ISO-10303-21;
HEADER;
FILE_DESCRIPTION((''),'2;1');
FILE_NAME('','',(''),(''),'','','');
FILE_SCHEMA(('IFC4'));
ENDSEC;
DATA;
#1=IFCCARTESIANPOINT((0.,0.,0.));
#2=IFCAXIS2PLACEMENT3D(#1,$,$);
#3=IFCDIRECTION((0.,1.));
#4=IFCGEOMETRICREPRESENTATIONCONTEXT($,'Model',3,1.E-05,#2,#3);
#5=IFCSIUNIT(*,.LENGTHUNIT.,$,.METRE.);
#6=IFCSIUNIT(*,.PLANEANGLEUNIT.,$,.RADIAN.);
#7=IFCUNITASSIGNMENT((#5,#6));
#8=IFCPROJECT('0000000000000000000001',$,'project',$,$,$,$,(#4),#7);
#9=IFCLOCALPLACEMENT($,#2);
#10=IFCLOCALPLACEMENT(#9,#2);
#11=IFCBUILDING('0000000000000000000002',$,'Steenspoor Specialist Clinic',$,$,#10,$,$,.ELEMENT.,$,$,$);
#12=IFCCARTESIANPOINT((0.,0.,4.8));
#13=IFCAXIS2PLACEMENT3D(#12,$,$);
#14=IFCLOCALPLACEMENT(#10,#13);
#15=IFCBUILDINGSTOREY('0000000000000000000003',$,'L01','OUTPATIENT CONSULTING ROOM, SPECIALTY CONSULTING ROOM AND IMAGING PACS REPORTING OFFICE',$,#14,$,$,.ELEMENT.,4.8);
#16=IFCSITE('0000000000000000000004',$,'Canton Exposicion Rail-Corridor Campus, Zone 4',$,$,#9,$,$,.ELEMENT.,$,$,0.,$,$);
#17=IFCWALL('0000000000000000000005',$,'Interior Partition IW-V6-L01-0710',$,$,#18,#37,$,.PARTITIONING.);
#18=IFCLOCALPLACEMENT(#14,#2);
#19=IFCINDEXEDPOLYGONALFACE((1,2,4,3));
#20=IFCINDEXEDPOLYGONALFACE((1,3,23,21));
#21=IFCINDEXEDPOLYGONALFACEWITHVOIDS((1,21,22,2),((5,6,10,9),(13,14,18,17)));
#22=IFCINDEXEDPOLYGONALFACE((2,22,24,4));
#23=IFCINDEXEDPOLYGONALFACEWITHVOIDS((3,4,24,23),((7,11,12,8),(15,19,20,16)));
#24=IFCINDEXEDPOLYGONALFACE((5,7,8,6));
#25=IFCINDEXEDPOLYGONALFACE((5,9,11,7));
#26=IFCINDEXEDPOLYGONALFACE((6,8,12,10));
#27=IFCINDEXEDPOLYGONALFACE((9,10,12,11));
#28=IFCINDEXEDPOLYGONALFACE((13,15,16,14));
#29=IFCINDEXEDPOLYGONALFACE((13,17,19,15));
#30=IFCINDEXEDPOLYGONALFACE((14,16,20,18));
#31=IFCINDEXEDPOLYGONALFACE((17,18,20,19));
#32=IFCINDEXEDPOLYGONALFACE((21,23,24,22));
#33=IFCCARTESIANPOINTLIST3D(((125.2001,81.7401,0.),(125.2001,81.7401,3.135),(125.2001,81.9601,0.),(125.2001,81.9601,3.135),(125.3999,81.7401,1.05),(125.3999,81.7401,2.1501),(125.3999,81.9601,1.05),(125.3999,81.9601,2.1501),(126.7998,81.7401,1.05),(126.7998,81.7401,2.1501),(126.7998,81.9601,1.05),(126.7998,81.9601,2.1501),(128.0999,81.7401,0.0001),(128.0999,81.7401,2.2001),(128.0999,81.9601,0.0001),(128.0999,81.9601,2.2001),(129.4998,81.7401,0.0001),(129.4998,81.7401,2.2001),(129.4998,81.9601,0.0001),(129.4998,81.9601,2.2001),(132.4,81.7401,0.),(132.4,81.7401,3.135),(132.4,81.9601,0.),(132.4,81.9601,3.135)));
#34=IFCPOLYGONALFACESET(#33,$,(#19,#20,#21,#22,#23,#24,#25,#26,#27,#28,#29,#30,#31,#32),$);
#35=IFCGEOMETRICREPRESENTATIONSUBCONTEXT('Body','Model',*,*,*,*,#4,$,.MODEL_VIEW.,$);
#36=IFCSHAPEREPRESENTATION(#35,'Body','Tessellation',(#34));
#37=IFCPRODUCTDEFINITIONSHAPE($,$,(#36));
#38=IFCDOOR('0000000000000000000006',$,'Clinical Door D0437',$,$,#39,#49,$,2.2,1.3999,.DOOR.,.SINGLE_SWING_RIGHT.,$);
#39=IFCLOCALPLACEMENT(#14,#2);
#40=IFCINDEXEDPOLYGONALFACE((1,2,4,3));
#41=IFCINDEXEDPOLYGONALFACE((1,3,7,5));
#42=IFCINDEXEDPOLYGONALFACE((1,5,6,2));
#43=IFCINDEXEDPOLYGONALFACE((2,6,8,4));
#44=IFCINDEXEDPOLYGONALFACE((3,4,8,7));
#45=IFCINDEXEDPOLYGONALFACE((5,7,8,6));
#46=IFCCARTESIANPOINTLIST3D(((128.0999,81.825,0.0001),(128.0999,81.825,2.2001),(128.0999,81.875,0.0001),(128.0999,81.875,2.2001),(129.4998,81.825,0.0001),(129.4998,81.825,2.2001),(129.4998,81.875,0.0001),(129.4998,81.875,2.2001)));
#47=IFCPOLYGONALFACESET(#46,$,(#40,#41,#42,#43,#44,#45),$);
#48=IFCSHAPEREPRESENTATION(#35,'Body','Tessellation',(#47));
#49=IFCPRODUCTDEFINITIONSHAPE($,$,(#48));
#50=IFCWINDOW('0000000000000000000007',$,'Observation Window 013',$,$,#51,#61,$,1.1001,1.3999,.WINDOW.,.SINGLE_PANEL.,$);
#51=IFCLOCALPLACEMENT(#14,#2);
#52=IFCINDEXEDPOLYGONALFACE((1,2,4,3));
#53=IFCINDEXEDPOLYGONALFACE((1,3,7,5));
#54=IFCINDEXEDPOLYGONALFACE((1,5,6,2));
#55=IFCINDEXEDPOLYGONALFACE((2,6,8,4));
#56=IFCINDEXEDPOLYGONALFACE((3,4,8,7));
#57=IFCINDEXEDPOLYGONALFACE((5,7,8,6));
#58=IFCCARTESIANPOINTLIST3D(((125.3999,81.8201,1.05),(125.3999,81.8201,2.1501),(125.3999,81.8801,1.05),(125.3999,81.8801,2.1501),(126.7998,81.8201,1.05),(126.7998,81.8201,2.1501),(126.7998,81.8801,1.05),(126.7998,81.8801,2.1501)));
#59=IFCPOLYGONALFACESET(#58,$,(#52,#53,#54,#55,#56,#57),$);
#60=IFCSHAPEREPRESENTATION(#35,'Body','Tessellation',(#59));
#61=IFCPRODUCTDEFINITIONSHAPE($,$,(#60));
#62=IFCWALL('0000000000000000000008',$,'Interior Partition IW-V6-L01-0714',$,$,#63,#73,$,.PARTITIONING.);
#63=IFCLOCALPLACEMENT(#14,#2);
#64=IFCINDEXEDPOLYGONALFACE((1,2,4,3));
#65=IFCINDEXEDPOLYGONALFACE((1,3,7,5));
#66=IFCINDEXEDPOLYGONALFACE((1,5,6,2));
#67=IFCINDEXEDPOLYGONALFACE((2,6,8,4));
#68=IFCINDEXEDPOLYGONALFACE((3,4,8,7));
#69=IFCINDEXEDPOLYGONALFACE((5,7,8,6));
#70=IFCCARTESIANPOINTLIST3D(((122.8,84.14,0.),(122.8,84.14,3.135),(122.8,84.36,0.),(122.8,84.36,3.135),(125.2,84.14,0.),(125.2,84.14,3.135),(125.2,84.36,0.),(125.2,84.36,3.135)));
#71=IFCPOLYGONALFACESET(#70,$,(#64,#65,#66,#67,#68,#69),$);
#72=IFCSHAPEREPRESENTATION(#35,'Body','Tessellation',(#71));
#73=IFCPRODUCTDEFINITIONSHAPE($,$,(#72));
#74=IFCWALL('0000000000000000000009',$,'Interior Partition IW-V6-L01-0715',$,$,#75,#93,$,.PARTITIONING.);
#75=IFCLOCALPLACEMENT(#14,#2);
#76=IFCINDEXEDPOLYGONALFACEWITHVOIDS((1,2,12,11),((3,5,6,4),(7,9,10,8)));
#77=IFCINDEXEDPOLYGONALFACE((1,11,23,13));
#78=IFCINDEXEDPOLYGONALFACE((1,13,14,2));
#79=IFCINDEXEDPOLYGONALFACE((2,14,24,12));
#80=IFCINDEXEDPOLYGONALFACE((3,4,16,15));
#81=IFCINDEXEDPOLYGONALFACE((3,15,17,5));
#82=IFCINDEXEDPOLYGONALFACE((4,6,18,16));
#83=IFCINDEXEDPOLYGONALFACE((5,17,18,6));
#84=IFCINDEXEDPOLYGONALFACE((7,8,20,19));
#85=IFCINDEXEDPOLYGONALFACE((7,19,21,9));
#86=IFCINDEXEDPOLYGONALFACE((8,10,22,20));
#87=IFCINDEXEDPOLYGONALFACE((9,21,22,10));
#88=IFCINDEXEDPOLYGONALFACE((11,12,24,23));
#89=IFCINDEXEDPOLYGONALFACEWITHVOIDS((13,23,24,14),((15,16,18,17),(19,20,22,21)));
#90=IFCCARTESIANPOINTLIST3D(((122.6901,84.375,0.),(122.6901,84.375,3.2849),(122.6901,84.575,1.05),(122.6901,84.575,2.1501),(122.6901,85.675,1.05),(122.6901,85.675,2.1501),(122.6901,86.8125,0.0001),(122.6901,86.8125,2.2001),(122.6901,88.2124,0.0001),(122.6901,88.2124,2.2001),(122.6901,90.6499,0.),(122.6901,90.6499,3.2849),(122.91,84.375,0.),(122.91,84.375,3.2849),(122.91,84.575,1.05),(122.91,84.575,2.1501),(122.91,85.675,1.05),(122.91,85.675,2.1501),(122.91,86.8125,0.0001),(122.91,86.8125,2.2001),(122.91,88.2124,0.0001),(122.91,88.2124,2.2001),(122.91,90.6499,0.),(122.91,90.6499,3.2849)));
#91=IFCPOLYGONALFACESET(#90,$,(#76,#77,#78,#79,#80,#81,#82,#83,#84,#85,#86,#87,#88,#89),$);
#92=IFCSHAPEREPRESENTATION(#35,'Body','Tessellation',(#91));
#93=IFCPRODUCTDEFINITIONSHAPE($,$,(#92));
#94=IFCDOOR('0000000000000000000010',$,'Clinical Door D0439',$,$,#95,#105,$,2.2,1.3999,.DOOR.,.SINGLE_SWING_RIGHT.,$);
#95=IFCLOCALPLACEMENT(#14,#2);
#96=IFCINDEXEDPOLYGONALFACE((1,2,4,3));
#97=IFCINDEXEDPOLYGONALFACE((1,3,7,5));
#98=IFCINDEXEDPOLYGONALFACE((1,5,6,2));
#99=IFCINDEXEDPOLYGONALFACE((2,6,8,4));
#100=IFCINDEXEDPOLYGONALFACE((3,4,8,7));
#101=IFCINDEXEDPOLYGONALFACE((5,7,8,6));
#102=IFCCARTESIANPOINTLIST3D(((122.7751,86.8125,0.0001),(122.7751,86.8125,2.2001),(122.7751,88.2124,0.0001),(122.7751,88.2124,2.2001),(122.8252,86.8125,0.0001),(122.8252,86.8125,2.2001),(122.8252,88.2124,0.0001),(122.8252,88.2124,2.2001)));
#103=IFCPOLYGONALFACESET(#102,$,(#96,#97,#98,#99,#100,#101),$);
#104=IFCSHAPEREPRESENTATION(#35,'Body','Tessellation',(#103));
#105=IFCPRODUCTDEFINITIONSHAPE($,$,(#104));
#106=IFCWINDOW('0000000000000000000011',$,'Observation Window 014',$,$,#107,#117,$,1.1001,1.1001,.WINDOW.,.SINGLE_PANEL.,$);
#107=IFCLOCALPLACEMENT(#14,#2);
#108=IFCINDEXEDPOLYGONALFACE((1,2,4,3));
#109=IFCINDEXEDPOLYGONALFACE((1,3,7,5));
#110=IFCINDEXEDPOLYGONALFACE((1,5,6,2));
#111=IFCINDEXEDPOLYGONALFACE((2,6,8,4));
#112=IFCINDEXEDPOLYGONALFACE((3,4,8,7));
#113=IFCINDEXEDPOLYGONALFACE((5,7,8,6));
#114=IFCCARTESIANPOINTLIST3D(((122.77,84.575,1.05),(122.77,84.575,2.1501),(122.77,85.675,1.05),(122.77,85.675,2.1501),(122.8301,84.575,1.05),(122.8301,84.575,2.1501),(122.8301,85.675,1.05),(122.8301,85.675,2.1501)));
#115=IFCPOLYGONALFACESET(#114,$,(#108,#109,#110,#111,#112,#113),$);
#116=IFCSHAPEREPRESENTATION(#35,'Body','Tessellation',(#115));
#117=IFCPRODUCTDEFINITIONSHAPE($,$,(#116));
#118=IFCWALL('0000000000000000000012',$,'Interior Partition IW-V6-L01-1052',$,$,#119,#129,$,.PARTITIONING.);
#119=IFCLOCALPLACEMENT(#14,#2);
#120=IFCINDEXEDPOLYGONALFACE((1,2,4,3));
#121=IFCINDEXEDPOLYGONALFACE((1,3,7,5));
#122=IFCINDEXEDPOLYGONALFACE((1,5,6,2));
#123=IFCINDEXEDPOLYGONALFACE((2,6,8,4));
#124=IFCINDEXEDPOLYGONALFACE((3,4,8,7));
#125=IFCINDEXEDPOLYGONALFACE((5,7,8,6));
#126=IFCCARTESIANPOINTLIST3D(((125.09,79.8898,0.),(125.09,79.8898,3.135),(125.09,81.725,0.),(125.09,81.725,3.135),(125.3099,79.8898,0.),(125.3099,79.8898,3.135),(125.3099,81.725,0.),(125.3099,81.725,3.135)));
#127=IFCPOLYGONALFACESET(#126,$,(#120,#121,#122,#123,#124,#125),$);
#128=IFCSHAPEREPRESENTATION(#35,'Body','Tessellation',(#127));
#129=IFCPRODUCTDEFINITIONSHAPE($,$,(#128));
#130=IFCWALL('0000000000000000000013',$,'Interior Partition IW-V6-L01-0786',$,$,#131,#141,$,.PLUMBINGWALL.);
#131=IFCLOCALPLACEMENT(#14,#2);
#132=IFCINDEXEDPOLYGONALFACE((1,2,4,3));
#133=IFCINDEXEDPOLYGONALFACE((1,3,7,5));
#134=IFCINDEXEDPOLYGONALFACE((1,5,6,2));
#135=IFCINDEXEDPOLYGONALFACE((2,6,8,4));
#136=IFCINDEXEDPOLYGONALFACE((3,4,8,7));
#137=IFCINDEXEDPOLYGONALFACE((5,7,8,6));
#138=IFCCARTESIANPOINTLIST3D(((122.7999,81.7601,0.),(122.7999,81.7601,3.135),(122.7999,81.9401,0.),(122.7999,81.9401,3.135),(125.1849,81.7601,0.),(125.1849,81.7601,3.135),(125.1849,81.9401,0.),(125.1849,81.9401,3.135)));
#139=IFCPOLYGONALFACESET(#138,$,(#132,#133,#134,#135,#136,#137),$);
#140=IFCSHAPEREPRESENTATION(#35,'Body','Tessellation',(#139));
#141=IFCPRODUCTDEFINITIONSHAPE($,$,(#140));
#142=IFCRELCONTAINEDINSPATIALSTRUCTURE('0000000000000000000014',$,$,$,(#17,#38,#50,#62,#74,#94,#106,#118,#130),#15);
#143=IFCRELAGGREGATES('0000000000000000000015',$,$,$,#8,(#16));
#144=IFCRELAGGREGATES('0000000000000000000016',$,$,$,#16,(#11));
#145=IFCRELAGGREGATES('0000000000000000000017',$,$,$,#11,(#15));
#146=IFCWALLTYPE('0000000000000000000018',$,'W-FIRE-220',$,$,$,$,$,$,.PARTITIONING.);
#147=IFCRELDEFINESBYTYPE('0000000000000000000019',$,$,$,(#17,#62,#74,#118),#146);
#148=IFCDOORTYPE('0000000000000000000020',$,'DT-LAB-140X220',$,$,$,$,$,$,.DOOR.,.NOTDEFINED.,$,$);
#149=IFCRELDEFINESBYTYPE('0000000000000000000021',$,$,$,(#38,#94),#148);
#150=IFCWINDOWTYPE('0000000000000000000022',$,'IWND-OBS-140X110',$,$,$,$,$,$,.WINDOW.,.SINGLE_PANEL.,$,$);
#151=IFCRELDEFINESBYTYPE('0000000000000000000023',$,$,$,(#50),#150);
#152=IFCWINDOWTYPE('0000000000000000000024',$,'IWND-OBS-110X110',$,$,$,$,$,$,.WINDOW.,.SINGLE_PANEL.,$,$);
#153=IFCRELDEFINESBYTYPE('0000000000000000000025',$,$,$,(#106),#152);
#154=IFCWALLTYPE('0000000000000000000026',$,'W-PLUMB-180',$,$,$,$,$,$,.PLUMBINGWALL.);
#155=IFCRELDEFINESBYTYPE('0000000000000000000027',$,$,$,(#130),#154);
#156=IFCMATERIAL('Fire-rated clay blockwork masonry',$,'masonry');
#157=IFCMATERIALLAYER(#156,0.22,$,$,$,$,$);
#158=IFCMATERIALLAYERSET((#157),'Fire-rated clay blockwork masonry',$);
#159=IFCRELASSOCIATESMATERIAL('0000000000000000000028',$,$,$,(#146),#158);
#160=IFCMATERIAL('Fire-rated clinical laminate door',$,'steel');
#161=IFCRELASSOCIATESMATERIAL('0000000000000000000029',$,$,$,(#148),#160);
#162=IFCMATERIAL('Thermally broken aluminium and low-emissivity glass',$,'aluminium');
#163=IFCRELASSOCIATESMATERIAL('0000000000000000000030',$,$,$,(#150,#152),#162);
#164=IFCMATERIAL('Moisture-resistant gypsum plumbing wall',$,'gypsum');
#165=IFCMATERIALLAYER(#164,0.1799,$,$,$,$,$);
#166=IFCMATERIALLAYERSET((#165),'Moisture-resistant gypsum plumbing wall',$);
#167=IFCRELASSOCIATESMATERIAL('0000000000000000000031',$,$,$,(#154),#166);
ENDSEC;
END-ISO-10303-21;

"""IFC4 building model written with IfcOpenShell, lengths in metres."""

from ifc_helpers import new_model, si_unit, direction, frame, frame_2d, origin, place, context, subcontext, project, spatial, rectangle, extrude, material, layer, layer_set, type_object, element, fill, save


model = new_model("IFC4")

# Units and contexts
model_context = context("Model", 3, precision=1e-05, world=origin(), true_north=direction((0.0, 1.0)))
body_context = subcontext(model_context, "Body", "Model", "MODEL_VIEW")
ifc_project = project(units=[si_unit("LENGTHUNIT", "METRE"), si_unit("PLANEANGLEUNIT", "RADIAN")], contexts=[model_context])

# Site, building, storey
site_placement = place(None, origin())
site = spatial("IfcSite", under=ifc_project, at=site_placement, Name="Canton Exposicion Rail-Corridor Campus, Zone 4", CompositionType="ELEMENT", RefElevation=0.0)
building_placement = place(site_placement, origin())
building = spatial("IfcBuilding", under=site, at=building_placement, Name="Steenspoor Specialist Clinic", CompositionType="ELEMENT")
storey_placement = place(building_placement, frame((0.0, 0.0, 4.8)))
storey = spatial("IfcBuildingStorey", under=building, at=storey_placement, Name="L01", Description="OUTPATIENT CONSULTING ROOM, SPECIALTY CONSULTING ROOM AND IMAGING PACS REPORTING OFFICE", CompositionType="ELEMENT", Elevation=4.8)

# Shared definitions
ifc_material_1 = material(Name="Thermally broken aluminium and low-emissivity glass", Category="aluminium")

# Wall, openings, door, window
ifc_material_2 = material(Name="Fire-rated clay blockwork masonry", Category="masonry")
ifc_layer_1 = layer(ifc_material_2, 0.22)
ifc_layer_set_1 = layer_set([ifc_layer_1], Name="Fire-rated clay blockwork masonry")
wall_type_1 = type_object("IfcWallType", Name="W-FIRE-220", PredefinedType="PARTITIONING", material=ifc_layer_set_1)
wall_1_placement = place(storey_placement, frame((125.2, 81.8501, 0.0), z_axis=(0.0, 0.0, 1.0), x_axis=(1.0, 0.0, 0.0)))
wall_1 = element("IfcWall", 1, at=wall_1_placement, inside=storey, type_object=wall_type_1, Name="Interior Partition IW-V6-L01-0710", PredefinedType="PARTITIONING", context=body_context, shape_type="SweptSolid", body=[
    extrude(rectangle(XDim=7.2, YDim=0.22, at=frame_2d((3.6001, 0.0))), origin(), (0.0, 0.0, 1.0), 3.135),
])
opening_1_placement = place(wall_1_placement, frame((2.8999, 0.0, 0.0)))
opening_1 = element("IfcOpeningElement", 2, at=opening_1_placement, cuts=wall_1, PredefinedType="OPENING", context=body_context, shape_type="SweptSolid", body=[
    extrude(rectangle(XDim=1.3999, YDim=2.2, at=frame_2d((0.7, 1.1001))), frame((0.0, 0.1201, 0.0), z_axis=(0.0, -1.0, 0.0), x_axis=(1.0, 0.0, 0.0)), (0.0, 0.0, 1.0), 0.24),
])
opening_2_placement = place(wall_1_placement, frame((0.2, 0.0, 1.05)))
opening_2 = element("IfcOpeningElement", 3, at=opening_2_placement, cuts=wall_1, PredefinedType="OPENING", context=body_context, shape_type="SweptSolid", body=[
    extrude(rectangle(XDim=1.3999, YDim=1.1001, at=frame_2d((0.7, 0.55))), frame((0.0, 0.1201, 0.0), z_axis=(0.0, -1.0, 0.0), x_axis=(1.0, 0.0, 0.0)), (0.0, 0.0, 1.0), 0.24),
])
ifc_material_3 = material(Name="Fire-rated clinical laminate door", Category="steel")
door_type = type_object("IfcDoorType", Name="DT-LAB-140X220", OperationType="NOTDEFINED", PredefinedType="DOOR", material=ifc_material_3)
door_1_placement = place(opening_1_placement, origin())
door_1 = element("IfcDoor", 4, at=door_1_placement, inside=storey, type_object=door_type, Name="Clinical Door D0437", OperationType="SINGLE_SWING_RIGHT", OverallHeight=2.2, OverallWidth=1.3999, PredefinedType="DOOR", context=body_context, shape_type="SweptSolid", body=[
    extrude(rectangle(XDim=1.3999, YDim=2.2, at=frame_2d((0.7, 1.1001))), frame((0.0, 0.0249, 0.0), z_axis=(0.0, -1.0, 0.0), x_axis=(1.0, 0.0, 0.0)), (0.0, 0.0, 1.0), 0.05),
])
fill(opening_1, door_1)
window_type_1 = type_object("IfcWindowType", Name="IWND-OBS-140X110", PartitioningType="SINGLE_PANEL", PredefinedType="WINDOW", material=ifc_material_1)
window_1_placement = place(opening_2_placement, origin())
window_1 = element("IfcWindow", 5, at=window_1_placement, inside=storey, type_object=window_type_1, Name="Observation Window 013", OverallHeight=1.1001, OverallWidth=1.3999, PartitioningType="SINGLE_PANEL", PredefinedType="WINDOW", context=body_context, shape_type="SweptSolid", body=[
    extrude(rectangle(XDim=1.3999, YDim=1.1001, at=frame_2d((0.7, 0.55))), frame((0.0, 0.03, 0.0), z_axis=(0.0, -1.0, 0.0), x_axis=(1.0, 0.0, 0.0)), (0.0, 0.0, 1.0), 0.0601),
])
fill(opening_2, window_1)

# Wall
wall_2_placement = place(storey_placement, frame((122.8, 84.25, 0.0), z_axis=(0.0, 0.0, 1.0), x_axis=(1.0, 0.0, 0.0)))
element("IfcWall", 6, at=wall_2_placement, inside=storey, type_object=wall_type_1, Name="Interior Partition IW-V6-L01-0714", PredefinedType="PARTITIONING", context=body_context, shape_type="SweptSolid", body=[
    extrude(rectangle(XDim=2.3999, YDim=0.22, at=frame_2d((1.2, 0.0))), origin(), (0.0, 0.0, 1.0), 3.135),
])

# Wall, openings, door, window
wall_3_placement = place(storey_placement, frame((122.8, 84.375, 0.0), z_axis=(0.0, 0.0, 1.0), x_axis=(0.0, 1.0, 0.0)))
wall_3 = element("IfcWall", 7, at=wall_3_placement, inside=storey, type_object=wall_type_1, Name="Interior Partition IW-V6-L01-0715", PredefinedType="PARTITIONING", context=body_context, shape_type="SweptSolid", body=[
    extrude(rectangle(XDim=6.2749, YDim=0.22, at=frame_2d((3.1375, 0.0))), origin(), (0.0, 0.0, 1.0), 3.2849),
])
opening_3_placement = place(wall_3_placement, frame((2.4375, 0.0, 0.0)))
opening_3 = element("IfcOpeningElement", 8, at=opening_3_placement, cuts=wall_3, PredefinedType="OPENING", context=body_context, shape_type="SweptSolid", body=[
    extrude(rectangle(XDim=1.3999, YDim=2.2, at=frame_2d((0.7, 1.1001))), frame((0.0, 0.1201, 0.0), z_axis=(0.0, -1.0, 0.0), x_axis=(1.0, 0.0, 0.0)), (0.0, 0.0, 1.0), 0.24),
])
opening_4_placement = place(wall_3_placement, frame((0.2, 0.0, 1.05)))
opening_4 = element("IfcOpeningElement", 9, at=opening_4_placement, cuts=wall_3, PredefinedType="OPENING", context=body_context, shape_type="SweptSolid", body=[
    extrude(rectangle(XDim=1.1001, YDim=1.1001, at=frame_2d((0.55, 0.55))), frame((0.0, 0.1201, 0.0), z_axis=(0.0, -1.0, 0.0), x_axis=(1.0, 0.0, 0.0)), (0.0, 0.0, 1.0), 0.24),
])
door_2_placement = place(opening_3_placement, origin())
door_2 = element("IfcDoor", 10, at=door_2_placement, inside=storey, type_object=door_type, Name="Clinical Door D0439", OperationType="SINGLE_SWING_RIGHT", OverallHeight=2.2, OverallWidth=1.3999, PredefinedType="DOOR", context=body_context, shape_type="SweptSolid", body=[
    extrude(rectangle(XDim=1.3999, YDim=2.2, at=frame_2d((0.7, 1.1001))), frame((0.0, 0.0249, 0.0), z_axis=(0.0, -1.0, 0.0), x_axis=(1.0, 0.0, 0.0)), (0.0, 0.0, 1.0), 0.05),
])
fill(opening_3, door_2)
window_type_2 = type_object("IfcWindowType", Name="IWND-OBS-110X110", PartitioningType="SINGLE_PANEL", PredefinedType="WINDOW", material=ifc_material_1)
window_2_placement = place(opening_4_placement, origin())
window_2 = element("IfcWindow", 11, at=window_2_placement, inside=storey, type_object=window_type_2, Name="Observation Window 014", OverallHeight=1.1001, OverallWidth=1.1001, PartitioningType="SINGLE_PANEL", PredefinedType="WINDOW", context=body_context, shape_type="SweptSolid", body=[
    extrude(rectangle(XDim=1.1001, YDim=1.1001, at=frame_2d((0.55, 0.55))), frame((0.0, 0.03, 0.0), z_axis=(0.0, -1.0, 0.0), x_axis=(1.0, 0.0, 0.0)), (0.0, 0.0, 1.0), 0.0601),
])
fill(opening_4, window_2)

# Walls
wall_4_placement = place(storey_placement, frame((125.2, 79.8899, 0.0), z_axis=(0.0, 0.0, 1.0), x_axis=(0.0, 1.0, 0.0)))
element("IfcWall", 12, at=wall_4_placement, inside=storey, type_object=wall_type_1, Name="Interior Partition IW-V6-L01-1052", PredefinedType="PARTITIONING", context=body_context, shape_type="SweptSolid", body=[
    extrude(rectangle(XDim=1.8352, YDim=0.22, at=frame_2d((0.9175, 0.0))), origin(), (0.0, 0.0, 1.0), 3.135),
])
ifc_material_4 = material(Name="Moisture-resistant gypsum plumbing wall", Category="gypsum")
ifc_layer_2 = layer(ifc_material_4, 0.1799)
ifc_layer_set_2 = layer_set([ifc_layer_2], Name="Moisture-resistant gypsum plumbing wall")
wall_type_2 = type_object("IfcWallType", Name="W-PLUMB-180", PredefinedType="PLUMBINGWALL", material=ifc_layer_set_2)
wall_5_placement = place(storey_placement, frame((122.8, 81.8501, 0.0), z_axis=(0.0, 0.0, 1.0), x_axis=(1.0, 0.0, 0.0)))
element("IfcWall", 13, at=wall_5_placement, inside=storey, type_object=wall_type_2, Name="Interior Partition IW-V6-L01-0786", PredefinedType="PLUMBINGWALL", context=body_context, shape_type="SweptSolid", body=[
    extrude(rectangle(XDim=2.385, YDim=0.1799, at=frame_2d((1.1924, 0.0))), origin(), (0.0, 0.0, 1.0), 3.135),
])

save(model, "model.ifc")
